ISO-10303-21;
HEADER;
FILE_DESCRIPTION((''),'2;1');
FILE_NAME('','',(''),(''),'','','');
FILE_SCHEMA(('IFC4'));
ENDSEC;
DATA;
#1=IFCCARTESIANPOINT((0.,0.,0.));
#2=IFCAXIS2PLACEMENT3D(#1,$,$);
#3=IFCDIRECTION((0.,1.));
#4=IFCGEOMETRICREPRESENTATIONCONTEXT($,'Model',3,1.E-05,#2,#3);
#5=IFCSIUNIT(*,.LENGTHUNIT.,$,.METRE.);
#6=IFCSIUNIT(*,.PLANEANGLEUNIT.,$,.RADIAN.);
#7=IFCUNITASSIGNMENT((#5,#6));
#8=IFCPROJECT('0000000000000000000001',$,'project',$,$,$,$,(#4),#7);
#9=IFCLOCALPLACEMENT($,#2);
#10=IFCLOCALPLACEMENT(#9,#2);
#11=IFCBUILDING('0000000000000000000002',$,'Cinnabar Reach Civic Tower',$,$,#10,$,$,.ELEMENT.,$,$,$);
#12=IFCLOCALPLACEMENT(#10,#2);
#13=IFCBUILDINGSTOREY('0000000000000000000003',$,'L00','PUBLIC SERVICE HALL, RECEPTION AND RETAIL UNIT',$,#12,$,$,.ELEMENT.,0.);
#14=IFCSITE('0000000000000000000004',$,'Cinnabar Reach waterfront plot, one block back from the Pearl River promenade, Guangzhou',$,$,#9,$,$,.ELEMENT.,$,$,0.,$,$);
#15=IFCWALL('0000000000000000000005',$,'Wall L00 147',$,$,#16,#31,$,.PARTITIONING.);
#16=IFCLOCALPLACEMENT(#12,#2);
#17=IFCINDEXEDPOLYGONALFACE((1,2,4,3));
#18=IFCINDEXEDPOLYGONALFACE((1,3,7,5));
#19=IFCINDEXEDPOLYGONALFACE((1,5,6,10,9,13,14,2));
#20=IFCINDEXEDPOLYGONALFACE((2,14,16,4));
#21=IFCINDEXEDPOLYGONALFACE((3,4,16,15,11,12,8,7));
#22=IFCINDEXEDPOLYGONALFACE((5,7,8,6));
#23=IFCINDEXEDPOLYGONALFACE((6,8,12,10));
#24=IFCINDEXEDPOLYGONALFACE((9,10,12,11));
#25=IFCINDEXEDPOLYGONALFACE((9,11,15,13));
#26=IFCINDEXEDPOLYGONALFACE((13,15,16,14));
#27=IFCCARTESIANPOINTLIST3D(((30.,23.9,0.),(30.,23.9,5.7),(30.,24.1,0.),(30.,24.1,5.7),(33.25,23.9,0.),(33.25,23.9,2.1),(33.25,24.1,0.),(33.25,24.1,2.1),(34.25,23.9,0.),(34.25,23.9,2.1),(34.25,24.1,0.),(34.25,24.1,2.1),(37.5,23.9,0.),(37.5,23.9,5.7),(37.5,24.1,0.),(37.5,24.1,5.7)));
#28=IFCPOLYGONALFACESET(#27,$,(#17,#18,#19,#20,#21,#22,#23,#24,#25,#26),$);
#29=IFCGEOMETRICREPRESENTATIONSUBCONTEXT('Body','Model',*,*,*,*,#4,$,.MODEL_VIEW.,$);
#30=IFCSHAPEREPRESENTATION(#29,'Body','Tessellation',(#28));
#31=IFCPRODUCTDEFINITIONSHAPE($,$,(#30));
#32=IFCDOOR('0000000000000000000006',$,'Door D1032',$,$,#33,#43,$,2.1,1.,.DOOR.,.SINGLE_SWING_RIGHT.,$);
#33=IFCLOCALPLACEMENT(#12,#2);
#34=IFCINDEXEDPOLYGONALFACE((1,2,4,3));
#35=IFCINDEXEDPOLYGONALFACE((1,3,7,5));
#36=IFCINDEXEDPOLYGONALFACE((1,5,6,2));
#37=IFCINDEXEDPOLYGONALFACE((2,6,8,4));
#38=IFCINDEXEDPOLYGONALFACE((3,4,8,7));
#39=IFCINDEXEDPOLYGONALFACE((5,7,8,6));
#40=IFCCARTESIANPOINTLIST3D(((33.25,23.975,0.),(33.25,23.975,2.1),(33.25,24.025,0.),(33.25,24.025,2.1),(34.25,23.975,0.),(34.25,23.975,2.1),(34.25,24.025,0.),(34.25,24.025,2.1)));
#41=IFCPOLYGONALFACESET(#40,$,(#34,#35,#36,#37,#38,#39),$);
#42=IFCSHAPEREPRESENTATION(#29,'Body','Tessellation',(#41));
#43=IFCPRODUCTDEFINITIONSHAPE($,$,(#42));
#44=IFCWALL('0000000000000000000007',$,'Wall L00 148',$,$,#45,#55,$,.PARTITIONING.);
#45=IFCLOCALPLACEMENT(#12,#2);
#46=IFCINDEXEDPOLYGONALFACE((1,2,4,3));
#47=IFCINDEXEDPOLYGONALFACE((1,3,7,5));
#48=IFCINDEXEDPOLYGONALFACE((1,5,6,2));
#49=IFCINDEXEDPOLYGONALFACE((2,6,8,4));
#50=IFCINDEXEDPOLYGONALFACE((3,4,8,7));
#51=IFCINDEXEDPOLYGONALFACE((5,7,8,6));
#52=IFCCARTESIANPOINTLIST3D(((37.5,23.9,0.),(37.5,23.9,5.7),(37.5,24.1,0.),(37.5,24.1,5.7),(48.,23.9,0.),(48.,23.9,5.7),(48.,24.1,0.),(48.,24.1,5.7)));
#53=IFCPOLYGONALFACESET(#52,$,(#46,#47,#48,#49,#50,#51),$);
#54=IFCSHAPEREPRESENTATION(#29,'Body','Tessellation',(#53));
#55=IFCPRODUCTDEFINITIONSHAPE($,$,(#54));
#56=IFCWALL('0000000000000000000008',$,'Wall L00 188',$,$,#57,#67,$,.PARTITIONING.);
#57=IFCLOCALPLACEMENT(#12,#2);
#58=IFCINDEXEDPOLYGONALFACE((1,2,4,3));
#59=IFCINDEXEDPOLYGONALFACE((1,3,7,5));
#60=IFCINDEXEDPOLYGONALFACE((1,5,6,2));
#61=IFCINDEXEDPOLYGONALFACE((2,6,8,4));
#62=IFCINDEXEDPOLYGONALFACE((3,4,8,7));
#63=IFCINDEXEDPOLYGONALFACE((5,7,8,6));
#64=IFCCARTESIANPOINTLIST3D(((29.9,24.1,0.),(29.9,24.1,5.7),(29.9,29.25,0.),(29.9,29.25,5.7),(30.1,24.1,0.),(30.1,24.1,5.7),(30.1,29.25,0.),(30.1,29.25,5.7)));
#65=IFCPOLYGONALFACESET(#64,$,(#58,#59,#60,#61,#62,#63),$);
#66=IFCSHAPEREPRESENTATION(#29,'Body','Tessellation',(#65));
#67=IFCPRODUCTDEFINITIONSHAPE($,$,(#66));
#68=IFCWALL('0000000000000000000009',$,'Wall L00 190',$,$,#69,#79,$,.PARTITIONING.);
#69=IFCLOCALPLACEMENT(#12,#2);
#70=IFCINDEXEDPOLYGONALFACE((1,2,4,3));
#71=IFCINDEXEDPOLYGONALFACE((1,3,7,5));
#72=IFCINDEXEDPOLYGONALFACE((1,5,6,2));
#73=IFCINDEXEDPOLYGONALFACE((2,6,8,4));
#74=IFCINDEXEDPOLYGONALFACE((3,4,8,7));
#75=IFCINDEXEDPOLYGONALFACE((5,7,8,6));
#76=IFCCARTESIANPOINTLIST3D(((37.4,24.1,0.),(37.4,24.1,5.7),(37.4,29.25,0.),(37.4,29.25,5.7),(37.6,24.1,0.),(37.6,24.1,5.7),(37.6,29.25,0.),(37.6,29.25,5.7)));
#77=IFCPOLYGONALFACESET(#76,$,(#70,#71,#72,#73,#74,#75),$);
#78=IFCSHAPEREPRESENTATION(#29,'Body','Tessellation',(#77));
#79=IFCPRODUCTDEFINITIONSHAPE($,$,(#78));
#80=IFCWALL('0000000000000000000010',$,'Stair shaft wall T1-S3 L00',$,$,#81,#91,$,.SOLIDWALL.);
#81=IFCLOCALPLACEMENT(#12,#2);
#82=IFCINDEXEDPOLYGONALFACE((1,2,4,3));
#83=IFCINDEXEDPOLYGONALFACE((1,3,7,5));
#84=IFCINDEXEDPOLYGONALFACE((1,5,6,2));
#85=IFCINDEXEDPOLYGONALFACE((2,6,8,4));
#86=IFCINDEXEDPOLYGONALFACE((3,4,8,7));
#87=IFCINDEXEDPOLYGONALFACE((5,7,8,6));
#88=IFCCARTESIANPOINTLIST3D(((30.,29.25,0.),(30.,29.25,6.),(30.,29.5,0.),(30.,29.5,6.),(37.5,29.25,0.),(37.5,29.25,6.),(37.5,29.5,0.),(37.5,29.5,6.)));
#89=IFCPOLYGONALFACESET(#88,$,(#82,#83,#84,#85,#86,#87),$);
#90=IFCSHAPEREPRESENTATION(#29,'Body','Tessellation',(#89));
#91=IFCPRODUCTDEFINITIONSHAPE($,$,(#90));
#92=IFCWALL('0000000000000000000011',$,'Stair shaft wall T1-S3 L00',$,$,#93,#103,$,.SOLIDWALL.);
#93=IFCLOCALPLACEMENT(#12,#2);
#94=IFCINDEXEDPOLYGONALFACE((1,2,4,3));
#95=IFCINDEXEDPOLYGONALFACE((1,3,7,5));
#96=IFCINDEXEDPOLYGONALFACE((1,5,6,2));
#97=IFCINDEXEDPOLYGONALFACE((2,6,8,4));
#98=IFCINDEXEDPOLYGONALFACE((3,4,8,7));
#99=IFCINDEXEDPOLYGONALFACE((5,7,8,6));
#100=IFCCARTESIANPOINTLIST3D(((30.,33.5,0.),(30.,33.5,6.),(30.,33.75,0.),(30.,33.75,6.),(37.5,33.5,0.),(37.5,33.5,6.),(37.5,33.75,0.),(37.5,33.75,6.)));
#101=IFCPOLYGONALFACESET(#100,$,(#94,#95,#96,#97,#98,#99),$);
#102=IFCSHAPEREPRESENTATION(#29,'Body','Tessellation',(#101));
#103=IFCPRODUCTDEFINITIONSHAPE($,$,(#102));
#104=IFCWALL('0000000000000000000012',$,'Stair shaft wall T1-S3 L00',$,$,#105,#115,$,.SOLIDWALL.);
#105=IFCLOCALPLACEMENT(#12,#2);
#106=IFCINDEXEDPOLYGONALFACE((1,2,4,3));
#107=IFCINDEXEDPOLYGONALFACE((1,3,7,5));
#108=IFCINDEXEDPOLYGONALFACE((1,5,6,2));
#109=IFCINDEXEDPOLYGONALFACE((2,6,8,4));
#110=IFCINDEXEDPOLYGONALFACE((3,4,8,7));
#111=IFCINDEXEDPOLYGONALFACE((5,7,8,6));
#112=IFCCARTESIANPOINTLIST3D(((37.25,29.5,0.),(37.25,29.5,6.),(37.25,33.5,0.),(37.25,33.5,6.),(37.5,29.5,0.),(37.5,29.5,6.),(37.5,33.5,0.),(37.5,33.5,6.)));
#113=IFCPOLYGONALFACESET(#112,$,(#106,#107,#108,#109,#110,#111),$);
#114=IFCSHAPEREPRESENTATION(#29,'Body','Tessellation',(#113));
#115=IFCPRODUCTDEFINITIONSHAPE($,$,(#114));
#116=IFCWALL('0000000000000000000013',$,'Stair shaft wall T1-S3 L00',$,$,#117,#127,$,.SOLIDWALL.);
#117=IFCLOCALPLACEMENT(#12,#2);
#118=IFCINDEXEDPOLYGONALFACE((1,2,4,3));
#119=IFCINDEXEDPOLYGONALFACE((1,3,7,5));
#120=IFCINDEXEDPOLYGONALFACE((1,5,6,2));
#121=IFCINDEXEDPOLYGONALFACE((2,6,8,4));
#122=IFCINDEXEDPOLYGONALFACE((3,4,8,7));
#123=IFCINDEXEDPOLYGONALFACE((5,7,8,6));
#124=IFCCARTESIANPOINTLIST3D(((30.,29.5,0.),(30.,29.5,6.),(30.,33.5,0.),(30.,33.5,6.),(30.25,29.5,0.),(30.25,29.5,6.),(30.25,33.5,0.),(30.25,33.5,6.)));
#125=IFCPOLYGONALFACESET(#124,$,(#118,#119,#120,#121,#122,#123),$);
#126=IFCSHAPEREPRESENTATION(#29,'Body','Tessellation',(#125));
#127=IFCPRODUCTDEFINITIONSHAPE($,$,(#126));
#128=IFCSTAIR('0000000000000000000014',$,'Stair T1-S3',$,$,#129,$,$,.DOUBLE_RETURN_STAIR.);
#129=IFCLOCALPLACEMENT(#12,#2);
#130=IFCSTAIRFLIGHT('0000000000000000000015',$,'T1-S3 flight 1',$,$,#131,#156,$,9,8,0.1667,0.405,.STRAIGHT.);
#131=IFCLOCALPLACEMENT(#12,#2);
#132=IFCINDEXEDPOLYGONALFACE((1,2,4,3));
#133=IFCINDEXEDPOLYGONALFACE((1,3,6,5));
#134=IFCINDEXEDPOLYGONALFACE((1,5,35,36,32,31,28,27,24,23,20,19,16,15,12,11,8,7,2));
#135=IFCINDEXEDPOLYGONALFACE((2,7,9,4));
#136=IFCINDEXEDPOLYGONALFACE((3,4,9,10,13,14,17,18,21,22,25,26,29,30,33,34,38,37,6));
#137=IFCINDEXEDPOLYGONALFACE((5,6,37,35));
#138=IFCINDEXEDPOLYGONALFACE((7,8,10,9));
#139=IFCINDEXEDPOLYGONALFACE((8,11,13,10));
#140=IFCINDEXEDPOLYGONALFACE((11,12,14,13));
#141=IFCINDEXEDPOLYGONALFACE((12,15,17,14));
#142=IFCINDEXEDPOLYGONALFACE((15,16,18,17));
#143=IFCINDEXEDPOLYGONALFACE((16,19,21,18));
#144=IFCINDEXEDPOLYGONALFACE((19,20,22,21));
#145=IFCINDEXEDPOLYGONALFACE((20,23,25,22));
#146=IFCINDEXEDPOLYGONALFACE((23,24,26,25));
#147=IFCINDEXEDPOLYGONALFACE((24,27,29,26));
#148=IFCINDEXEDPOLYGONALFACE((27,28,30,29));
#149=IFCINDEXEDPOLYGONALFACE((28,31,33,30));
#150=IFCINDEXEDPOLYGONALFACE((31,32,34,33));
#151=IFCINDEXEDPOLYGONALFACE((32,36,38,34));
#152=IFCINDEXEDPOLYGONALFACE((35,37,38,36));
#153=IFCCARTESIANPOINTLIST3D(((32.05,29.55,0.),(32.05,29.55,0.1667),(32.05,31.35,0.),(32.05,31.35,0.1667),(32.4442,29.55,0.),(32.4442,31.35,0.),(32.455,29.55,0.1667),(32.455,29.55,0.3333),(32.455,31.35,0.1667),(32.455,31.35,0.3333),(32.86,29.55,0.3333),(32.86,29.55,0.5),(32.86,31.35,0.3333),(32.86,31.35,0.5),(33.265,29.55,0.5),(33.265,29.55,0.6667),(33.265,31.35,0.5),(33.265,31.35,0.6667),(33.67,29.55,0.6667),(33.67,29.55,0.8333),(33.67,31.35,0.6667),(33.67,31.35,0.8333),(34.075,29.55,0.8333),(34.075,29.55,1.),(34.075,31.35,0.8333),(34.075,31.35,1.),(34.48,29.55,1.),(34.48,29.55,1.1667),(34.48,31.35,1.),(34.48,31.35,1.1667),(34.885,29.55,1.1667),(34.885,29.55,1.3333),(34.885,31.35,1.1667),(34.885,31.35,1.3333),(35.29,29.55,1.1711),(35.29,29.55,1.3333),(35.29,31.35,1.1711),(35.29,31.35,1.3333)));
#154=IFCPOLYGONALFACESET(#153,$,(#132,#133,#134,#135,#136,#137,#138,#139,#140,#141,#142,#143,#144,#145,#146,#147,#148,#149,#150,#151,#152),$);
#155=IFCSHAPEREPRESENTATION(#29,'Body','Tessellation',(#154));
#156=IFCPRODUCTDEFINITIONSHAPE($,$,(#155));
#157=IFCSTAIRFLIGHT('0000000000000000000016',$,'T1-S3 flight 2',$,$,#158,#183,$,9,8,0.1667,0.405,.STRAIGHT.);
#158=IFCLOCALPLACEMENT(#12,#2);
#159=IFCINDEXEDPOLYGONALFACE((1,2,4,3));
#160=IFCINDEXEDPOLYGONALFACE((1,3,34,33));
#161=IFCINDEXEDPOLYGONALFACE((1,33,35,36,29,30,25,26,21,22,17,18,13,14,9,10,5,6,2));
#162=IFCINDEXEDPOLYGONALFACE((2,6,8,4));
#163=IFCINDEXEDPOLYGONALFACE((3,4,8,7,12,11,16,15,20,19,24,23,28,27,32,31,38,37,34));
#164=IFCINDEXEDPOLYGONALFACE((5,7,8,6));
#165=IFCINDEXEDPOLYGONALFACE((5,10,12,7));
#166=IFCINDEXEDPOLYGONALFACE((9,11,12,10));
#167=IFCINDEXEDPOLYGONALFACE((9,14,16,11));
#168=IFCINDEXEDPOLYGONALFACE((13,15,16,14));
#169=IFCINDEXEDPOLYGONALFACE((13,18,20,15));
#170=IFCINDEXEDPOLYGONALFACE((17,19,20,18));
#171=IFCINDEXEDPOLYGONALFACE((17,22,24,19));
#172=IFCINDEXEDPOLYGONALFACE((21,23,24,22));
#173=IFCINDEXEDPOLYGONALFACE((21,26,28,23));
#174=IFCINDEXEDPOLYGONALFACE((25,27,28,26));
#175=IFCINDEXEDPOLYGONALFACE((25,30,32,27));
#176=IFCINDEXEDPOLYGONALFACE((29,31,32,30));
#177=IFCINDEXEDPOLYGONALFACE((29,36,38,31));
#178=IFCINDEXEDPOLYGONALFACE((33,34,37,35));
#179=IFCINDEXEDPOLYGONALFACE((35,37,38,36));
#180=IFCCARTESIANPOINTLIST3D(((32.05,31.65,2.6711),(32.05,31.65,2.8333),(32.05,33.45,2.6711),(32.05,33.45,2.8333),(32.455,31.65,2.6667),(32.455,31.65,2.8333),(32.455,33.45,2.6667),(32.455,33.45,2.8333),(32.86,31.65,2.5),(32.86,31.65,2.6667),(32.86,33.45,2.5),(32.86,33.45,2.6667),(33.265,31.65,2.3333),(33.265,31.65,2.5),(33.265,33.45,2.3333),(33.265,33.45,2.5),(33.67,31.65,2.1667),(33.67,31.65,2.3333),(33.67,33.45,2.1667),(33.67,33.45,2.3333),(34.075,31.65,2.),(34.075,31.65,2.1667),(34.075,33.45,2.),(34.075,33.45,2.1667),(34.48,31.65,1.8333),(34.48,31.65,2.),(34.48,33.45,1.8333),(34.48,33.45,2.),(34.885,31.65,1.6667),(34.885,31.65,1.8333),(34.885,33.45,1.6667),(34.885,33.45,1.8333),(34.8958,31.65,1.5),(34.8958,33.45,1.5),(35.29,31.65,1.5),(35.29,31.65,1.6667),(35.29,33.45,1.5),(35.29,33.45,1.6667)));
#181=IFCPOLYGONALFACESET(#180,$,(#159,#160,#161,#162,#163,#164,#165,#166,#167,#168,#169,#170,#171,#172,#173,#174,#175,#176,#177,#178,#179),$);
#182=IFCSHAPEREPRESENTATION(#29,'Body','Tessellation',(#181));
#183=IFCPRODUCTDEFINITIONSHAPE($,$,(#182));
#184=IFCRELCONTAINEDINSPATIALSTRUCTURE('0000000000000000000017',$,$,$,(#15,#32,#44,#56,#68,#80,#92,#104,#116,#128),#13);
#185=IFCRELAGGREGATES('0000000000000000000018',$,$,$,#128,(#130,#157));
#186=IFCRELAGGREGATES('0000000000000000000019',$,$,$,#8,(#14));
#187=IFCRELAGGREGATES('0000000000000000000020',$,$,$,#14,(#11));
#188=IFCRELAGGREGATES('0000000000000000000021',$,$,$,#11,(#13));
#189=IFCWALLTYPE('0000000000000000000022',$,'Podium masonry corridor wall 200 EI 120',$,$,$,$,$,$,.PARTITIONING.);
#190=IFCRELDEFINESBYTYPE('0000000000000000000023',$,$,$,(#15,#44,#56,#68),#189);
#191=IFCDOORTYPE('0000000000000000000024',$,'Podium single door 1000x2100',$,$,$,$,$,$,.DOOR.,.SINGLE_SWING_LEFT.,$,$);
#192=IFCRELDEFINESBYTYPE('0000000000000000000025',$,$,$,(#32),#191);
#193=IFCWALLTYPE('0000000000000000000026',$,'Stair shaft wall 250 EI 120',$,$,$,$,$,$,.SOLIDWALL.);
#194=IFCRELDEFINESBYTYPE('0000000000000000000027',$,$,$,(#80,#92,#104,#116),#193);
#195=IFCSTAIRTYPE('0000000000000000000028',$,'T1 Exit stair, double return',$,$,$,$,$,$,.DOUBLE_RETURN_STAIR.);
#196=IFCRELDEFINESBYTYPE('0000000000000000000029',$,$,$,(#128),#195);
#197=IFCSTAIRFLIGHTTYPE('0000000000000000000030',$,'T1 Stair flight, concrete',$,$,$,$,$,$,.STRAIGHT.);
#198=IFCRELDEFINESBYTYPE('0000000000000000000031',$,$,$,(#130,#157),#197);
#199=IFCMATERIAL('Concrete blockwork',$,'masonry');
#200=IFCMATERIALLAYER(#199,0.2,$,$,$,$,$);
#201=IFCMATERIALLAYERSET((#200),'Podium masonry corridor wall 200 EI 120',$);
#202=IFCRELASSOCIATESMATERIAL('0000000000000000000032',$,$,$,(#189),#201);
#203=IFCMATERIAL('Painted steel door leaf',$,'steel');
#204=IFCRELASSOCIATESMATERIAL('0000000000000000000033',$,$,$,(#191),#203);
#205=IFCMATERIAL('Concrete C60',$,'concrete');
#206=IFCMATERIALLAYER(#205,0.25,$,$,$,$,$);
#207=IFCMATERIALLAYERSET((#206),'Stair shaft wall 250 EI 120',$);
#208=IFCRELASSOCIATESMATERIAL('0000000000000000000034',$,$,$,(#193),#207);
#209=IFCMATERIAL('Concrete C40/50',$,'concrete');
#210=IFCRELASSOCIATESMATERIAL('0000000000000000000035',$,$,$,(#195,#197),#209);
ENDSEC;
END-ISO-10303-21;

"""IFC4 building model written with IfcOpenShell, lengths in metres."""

from ifc_helpers import new_model, si_unit, direction, frame, frame_2d, origin, place, context, subcontext, project, spatial, polyline, rectangle, outline, extrude, material, layer, layer_set, type_object, element, fill, aggregate, save


model = new_model("IFC4")

# Units and contexts
model_context = context("Model", 3, precision=1e-05, world=origin(), true_north=direction((0.0, 1.0)))
body_context = subcontext(model_context, "Body", "Model", "MODEL_VIEW")
ifc_project = project(units=[si_unit("LENGTHUNIT", "METRE"), si_unit("PLANEANGLEUNIT", "RADIAN")], contexts=[model_context])

# Site, building, storey
site_placement = place(None, origin())
site = spatial("IfcSite", under=ifc_project, at=site_placement, Name="Cinnabar Reach waterfront plot, one block back from the Pearl River promenade, Guangzhou", CompositionType="ELEMENT", RefElevation=0.0)
building_placement = place(site_placement, origin())
building = spatial("IfcBuilding", under=site, at=building_placement, Name="Cinnabar Reach Civic Tower", CompositionType="ELEMENT")
storey_placement = place(building_placement, origin())
storey = spatial("IfcBuildingStorey", under=building, at=storey_placement, Name="L00", Description="PUBLIC SERVICE HALL, RECEPTION AND RETAIL UNIT", CompositionType="ELEMENT", Elevation=0.0)

# Shared definitions
ifc_material_1 = material(Name="Concrete blockwork", Category="masonry")
ifc_layer_1 = layer(ifc_material_1, 0.2)
ifc_layer_set_1 = layer_set([ifc_layer_1], Name="Podium masonry corridor wall 200 EI 120")
wall_type_1 = type_object("IfcWallType", Name="Podium masonry corridor wall 200 EI 120", PredefinedType="PARTITIONING", material=ifc_layer_set_1)

# Shared definitions
ifc_material_2 = material(Name="Painted steel door leaf", Category="steel")
door_type_1 = type_object("IfcDoorType", Name="Podium single door 1000x2100", OperationType="SINGLE_SWING_LEFT", PredefinedType="DOOR", material=ifc_material_2)

# Wall, opening, door
wall_1_placement = place(storey_placement, frame((30.0, 24.0, 0.0), z_axis=(0.0, 0.0, 1.0), x_axis=(1.0, 0.0, 0.0)))
wall_1 = element("IfcWall", 1, at=wall_1_placement, inside=storey, type_object=wall_type_1, Name="Wall L00 147", PredefinedType="PARTITIONING", context=body_context, shape_type="SweptSolid", body=[
    extrude(rectangle(XDim=7.5, YDim=0.2, at=frame_2d((3.75, 0.0))), origin(), (0.0, 0.0, 1.0), 5.7),
])
opening_1_placement = place(wall_1_placement, frame((3.25, 0.0, 0.0)))
opening_1 = element("IfcOpeningElement", 2, at=opening_1_placement, cuts=wall_1, PredefinedType="OPENING", context=body_context, shape_type="SweptSolid", body=[
    extrude(rectangle(XDim=1.0, YDim=2.1, at=frame_2d((0.5, 1.05))), frame((0.0, 0.11, 0.0), z_axis=(0.0, -1.0, 0.0), x_axis=(1.0, 0.0, 0.0)), (0.0, 0.0, 1.0), 0.22),
])
door_1_placement = place(opening_1_placement, origin())
door_1 = element("IfcDoor", 3, at=door_1_placement, inside=storey, type_object=door_type_1, Name="Door D1032", OperationType="SINGLE_SWING_RIGHT", OverallHeight=2.1, OverallWidth=1.0, PredefinedType="DOOR", context=body_context, shape_type="SweptSolid", body=[
    extrude(rectangle(XDim=1.0, YDim=2.1, at=frame_2d((0.5, 1.05))), frame((0.0, 0.025, 0.0), z_axis=(0.0, -1.0, 0.0), x_axis=(1.0, 0.0, 0.0)), (0.0, 0.0, 1.0), 0.05),
])
fill(opening_1, door_1)

# Walls
wall_2_placement = place(storey_placement, frame((37.5, 24.0, 0.0), z_axis=(0.0, 0.0, 1.0), x_axis=(1.0, 0.0, 0.0)))
element("IfcWall", 4, at=wall_2_placement, inside=storey, type_object=wall_type_1, Name="Wall L00 148", PredefinedType="PARTITIONING", context=body_context, shape_type="SweptSolid", body=[
    extrude(rectangle(XDim=10.5, YDim=0.2, at=frame_2d((5.25, 0.0))), origin(), (0.0, 0.0, 1.0), 5.7),
])
for number, where, z_axis, x_axis, name in (
    (5, (30.0, 24.1, 0.0), (0.0, 0.0, 1.0), (0.0, 1.0, 0.0), "Wall L00 188"),
    (6, (37.5, 24.1, 0.0), (0.0, 0.0, 1.0), (0.0, 1.0, 0.0), "Wall L00 190"),
):
    element("IfcWall", number, at=place(storey_placement, frame(where, z_axis=z_axis, x_axis=x_axis)), inside=storey, type_object=wall_type_1, Name=name, PredefinedType="PARTITIONING", context=body_context, shape_type="SweptSolid", body=[
        extrude(rectangle(XDim=5.15, YDim=0.2, at=frame_2d((2.575, 0.0))), origin(), (0.0, 0.0, 1.0), 5.7),
    ])
ifc_material_3 = material(Name="Concrete C60", Category="concrete")
ifc_layer_2 = layer(ifc_material_3, 0.25)
ifc_layer_set_2 = layer_set([ifc_layer_2], Name="Stair shaft wall 250 EI 120")
wall_type_2 = type_object("IfcWallType", Name="Stair shaft wall 250 EI 120", PredefinedType="SOLIDWALL", material=ifc_layer_set_2)
for number, where, z_axis, x_axis, name in (
    (7, (30.0, 29.375, 0.0), (0.0, 0.0, 1.0), (1.0, 0.0, 0.0), "Stair shaft wall T1-S3 L00"),
    (8, (37.5, 33.625, 0.0), (0.0, 0.0, 1.0), (-1.0, 0.0, 0.0), "Stair shaft wall T1-S3 L00"),
):
    element("IfcWall", number, at=place(storey_placement, frame(where, z_axis=z_axis, x_axis=x_axis)), inside=storey, type_object=wall_type_2, Name=name, PredefinedType="SOLIDWALL", context=body_context, shape_type="SweptSolid", body=[
        extrude(rectangle(XDim=7.5, YDim=0.25, at=frame_2d((3.75, 0.0))), origin(), (0.0, 0.0, 1.0), 6.0),
    ])
for number, where, z_axis, x_axis, name in (
    (9, (37.375, 29.5, 0.0), (0.0, 0.0, 1.0), (0.0, 1.0, 0.0), "Stair shaft wall T1-S3 L00"),
    (10, (30.125, 33.5, 0.0), (0.0, 0.0, 1.0), (0.0, -1.0, 0.0), "Stair shaft wall T1-S3 L00"),
):
    element("IfcWall", number, at=place(storey_placement, frame(where, z_axis=z_axis, x_axis=x_axis)), inside=storey, type_object=wall_type_2, Name=name, PredefinedType="SOLIDWALL", context=body_context, shape_type="SweptSolid", body=[
        extrude(rectangle(XDim=4.0, YDim=0.25, at=frame_2d((2.0, 0.0))), origin(), (0.0, 0.0, 1.0), 6.0),
    ])

# Stair, stair flights
ifc_material_4 = material(Name="Concrete C40/50", Category="concrete")
stair_type = type_object("IfcStairType", Name="T1 Exit stair, double return", PredefinedType="DOUBLE_RETURN_STAIR", material=ifc_material_4)
stair_placement = place(storey_placement, origin())
stair = element("IfcStair", 11, at=stair_placement, inside=storey, type_object=stair_type, Name="Stair T1-S3", PredefinedType="DOUBLE_RETURN_STAIR")
stair_flight_type = type_object("IfcStairFlightType", Name="T1 Stair flight, concrete", PredefinedType="STRAIGHT", material=ifc_material_4)
stair_flight_1_placement = place(storey_placement, frame((32.05, 30.45, 0.0), z_axis=(0.0, 0.0, 1.0), x_axis=(1.0, 0.0, 0.0)))
stair_flight_1 = element("IfcStairFlight", 12, at=stair_flight_1_placement, type_object=stair_flight_type, Name="T1-S3 flight 1", NumberOfRisers=9, NumberOfTreads=8, PredefinedType="STRAIGHT", RiserHeight=0.1667, TreadLength=0.405, context=body_context, shape_type="SweptSolid", body=[
    extrude(outline(polyline([(0.0, 0.0), (0.0, 0.1667), (0.405, 0.1667), (0.405, 0.3333), (0.81, 0.3333), (0.81, 0.5), (1.215, 0.5), (1.215, 0.6667), (1.62, 0.6667), (1.62, 0.8333), (2.025, 0.8333), (2.025, 1.0), (2.43, 1.0), (2.43, 1.1667), (2.835, 1.1667), (2.835, 1.3333), (3.24, 1.3333), (3.24, 1.5), (3.24, 1.1711), (0.3942, 0.0), (0.0, 0.0)])), frame((0.0, 0.9, 0.0), z_axis=(0.0, -1.0, 0.0), x_axis=(1.0, 0.0, 0.0)), (0.0, 0.0, 1.0), 1.8),
])
stair_flight_2_placement = place(storey_placement, frame((35.29, 32.55, 1.5), z_axis=(0.0, 0.0, 1.0), x_axis=(-1.0, 0.0, 0.0)))
stair_flight_2 = element("IfcStairFlight", 13, at=stair_flight_2_placement, type_object=stair_flight_type, Name="T1-S3 flight 2", NumberOfRisers=9, NumberOfTreads=8, PredefinedType="STRAIGHT", RiserHeight=0.1667, TreadLength=0.405, context=body_context, shape_type="SweptSolid", body=[
    extrude(outline(polyline([(0.0, 0.0), (0.0, 0.1667), (0.405, 0.1667), (0.405, 0.3333), (0.81, 0.3333), (0.81, 0.5), (1.215, 0.5), (1.215, 0.6667), (1.62, 0.6667), (1.62, 0.8333), (2.025, 0.8333), (2.025, 1.0), (2.43, 1.0), (2.43, 1.1667), (2.835, 1.1667), (2.835, 1.3333), (3.24, 1.3333), (3.24, 1.5), (3.24, 1.1711), (0.3942, 0.0), (0.0, 0.0)])), frame((0.0, 0.9, 0.0), z_axis=(0.0, -1.0, 0.0), x_axis=(1.0, 0.0, 0.0)), (0.0, 0.0, 1.0), 1.8),
])
aggregate(stair, [stair_flight_1, stair_flight_2])

save(model, "model.ifc")
